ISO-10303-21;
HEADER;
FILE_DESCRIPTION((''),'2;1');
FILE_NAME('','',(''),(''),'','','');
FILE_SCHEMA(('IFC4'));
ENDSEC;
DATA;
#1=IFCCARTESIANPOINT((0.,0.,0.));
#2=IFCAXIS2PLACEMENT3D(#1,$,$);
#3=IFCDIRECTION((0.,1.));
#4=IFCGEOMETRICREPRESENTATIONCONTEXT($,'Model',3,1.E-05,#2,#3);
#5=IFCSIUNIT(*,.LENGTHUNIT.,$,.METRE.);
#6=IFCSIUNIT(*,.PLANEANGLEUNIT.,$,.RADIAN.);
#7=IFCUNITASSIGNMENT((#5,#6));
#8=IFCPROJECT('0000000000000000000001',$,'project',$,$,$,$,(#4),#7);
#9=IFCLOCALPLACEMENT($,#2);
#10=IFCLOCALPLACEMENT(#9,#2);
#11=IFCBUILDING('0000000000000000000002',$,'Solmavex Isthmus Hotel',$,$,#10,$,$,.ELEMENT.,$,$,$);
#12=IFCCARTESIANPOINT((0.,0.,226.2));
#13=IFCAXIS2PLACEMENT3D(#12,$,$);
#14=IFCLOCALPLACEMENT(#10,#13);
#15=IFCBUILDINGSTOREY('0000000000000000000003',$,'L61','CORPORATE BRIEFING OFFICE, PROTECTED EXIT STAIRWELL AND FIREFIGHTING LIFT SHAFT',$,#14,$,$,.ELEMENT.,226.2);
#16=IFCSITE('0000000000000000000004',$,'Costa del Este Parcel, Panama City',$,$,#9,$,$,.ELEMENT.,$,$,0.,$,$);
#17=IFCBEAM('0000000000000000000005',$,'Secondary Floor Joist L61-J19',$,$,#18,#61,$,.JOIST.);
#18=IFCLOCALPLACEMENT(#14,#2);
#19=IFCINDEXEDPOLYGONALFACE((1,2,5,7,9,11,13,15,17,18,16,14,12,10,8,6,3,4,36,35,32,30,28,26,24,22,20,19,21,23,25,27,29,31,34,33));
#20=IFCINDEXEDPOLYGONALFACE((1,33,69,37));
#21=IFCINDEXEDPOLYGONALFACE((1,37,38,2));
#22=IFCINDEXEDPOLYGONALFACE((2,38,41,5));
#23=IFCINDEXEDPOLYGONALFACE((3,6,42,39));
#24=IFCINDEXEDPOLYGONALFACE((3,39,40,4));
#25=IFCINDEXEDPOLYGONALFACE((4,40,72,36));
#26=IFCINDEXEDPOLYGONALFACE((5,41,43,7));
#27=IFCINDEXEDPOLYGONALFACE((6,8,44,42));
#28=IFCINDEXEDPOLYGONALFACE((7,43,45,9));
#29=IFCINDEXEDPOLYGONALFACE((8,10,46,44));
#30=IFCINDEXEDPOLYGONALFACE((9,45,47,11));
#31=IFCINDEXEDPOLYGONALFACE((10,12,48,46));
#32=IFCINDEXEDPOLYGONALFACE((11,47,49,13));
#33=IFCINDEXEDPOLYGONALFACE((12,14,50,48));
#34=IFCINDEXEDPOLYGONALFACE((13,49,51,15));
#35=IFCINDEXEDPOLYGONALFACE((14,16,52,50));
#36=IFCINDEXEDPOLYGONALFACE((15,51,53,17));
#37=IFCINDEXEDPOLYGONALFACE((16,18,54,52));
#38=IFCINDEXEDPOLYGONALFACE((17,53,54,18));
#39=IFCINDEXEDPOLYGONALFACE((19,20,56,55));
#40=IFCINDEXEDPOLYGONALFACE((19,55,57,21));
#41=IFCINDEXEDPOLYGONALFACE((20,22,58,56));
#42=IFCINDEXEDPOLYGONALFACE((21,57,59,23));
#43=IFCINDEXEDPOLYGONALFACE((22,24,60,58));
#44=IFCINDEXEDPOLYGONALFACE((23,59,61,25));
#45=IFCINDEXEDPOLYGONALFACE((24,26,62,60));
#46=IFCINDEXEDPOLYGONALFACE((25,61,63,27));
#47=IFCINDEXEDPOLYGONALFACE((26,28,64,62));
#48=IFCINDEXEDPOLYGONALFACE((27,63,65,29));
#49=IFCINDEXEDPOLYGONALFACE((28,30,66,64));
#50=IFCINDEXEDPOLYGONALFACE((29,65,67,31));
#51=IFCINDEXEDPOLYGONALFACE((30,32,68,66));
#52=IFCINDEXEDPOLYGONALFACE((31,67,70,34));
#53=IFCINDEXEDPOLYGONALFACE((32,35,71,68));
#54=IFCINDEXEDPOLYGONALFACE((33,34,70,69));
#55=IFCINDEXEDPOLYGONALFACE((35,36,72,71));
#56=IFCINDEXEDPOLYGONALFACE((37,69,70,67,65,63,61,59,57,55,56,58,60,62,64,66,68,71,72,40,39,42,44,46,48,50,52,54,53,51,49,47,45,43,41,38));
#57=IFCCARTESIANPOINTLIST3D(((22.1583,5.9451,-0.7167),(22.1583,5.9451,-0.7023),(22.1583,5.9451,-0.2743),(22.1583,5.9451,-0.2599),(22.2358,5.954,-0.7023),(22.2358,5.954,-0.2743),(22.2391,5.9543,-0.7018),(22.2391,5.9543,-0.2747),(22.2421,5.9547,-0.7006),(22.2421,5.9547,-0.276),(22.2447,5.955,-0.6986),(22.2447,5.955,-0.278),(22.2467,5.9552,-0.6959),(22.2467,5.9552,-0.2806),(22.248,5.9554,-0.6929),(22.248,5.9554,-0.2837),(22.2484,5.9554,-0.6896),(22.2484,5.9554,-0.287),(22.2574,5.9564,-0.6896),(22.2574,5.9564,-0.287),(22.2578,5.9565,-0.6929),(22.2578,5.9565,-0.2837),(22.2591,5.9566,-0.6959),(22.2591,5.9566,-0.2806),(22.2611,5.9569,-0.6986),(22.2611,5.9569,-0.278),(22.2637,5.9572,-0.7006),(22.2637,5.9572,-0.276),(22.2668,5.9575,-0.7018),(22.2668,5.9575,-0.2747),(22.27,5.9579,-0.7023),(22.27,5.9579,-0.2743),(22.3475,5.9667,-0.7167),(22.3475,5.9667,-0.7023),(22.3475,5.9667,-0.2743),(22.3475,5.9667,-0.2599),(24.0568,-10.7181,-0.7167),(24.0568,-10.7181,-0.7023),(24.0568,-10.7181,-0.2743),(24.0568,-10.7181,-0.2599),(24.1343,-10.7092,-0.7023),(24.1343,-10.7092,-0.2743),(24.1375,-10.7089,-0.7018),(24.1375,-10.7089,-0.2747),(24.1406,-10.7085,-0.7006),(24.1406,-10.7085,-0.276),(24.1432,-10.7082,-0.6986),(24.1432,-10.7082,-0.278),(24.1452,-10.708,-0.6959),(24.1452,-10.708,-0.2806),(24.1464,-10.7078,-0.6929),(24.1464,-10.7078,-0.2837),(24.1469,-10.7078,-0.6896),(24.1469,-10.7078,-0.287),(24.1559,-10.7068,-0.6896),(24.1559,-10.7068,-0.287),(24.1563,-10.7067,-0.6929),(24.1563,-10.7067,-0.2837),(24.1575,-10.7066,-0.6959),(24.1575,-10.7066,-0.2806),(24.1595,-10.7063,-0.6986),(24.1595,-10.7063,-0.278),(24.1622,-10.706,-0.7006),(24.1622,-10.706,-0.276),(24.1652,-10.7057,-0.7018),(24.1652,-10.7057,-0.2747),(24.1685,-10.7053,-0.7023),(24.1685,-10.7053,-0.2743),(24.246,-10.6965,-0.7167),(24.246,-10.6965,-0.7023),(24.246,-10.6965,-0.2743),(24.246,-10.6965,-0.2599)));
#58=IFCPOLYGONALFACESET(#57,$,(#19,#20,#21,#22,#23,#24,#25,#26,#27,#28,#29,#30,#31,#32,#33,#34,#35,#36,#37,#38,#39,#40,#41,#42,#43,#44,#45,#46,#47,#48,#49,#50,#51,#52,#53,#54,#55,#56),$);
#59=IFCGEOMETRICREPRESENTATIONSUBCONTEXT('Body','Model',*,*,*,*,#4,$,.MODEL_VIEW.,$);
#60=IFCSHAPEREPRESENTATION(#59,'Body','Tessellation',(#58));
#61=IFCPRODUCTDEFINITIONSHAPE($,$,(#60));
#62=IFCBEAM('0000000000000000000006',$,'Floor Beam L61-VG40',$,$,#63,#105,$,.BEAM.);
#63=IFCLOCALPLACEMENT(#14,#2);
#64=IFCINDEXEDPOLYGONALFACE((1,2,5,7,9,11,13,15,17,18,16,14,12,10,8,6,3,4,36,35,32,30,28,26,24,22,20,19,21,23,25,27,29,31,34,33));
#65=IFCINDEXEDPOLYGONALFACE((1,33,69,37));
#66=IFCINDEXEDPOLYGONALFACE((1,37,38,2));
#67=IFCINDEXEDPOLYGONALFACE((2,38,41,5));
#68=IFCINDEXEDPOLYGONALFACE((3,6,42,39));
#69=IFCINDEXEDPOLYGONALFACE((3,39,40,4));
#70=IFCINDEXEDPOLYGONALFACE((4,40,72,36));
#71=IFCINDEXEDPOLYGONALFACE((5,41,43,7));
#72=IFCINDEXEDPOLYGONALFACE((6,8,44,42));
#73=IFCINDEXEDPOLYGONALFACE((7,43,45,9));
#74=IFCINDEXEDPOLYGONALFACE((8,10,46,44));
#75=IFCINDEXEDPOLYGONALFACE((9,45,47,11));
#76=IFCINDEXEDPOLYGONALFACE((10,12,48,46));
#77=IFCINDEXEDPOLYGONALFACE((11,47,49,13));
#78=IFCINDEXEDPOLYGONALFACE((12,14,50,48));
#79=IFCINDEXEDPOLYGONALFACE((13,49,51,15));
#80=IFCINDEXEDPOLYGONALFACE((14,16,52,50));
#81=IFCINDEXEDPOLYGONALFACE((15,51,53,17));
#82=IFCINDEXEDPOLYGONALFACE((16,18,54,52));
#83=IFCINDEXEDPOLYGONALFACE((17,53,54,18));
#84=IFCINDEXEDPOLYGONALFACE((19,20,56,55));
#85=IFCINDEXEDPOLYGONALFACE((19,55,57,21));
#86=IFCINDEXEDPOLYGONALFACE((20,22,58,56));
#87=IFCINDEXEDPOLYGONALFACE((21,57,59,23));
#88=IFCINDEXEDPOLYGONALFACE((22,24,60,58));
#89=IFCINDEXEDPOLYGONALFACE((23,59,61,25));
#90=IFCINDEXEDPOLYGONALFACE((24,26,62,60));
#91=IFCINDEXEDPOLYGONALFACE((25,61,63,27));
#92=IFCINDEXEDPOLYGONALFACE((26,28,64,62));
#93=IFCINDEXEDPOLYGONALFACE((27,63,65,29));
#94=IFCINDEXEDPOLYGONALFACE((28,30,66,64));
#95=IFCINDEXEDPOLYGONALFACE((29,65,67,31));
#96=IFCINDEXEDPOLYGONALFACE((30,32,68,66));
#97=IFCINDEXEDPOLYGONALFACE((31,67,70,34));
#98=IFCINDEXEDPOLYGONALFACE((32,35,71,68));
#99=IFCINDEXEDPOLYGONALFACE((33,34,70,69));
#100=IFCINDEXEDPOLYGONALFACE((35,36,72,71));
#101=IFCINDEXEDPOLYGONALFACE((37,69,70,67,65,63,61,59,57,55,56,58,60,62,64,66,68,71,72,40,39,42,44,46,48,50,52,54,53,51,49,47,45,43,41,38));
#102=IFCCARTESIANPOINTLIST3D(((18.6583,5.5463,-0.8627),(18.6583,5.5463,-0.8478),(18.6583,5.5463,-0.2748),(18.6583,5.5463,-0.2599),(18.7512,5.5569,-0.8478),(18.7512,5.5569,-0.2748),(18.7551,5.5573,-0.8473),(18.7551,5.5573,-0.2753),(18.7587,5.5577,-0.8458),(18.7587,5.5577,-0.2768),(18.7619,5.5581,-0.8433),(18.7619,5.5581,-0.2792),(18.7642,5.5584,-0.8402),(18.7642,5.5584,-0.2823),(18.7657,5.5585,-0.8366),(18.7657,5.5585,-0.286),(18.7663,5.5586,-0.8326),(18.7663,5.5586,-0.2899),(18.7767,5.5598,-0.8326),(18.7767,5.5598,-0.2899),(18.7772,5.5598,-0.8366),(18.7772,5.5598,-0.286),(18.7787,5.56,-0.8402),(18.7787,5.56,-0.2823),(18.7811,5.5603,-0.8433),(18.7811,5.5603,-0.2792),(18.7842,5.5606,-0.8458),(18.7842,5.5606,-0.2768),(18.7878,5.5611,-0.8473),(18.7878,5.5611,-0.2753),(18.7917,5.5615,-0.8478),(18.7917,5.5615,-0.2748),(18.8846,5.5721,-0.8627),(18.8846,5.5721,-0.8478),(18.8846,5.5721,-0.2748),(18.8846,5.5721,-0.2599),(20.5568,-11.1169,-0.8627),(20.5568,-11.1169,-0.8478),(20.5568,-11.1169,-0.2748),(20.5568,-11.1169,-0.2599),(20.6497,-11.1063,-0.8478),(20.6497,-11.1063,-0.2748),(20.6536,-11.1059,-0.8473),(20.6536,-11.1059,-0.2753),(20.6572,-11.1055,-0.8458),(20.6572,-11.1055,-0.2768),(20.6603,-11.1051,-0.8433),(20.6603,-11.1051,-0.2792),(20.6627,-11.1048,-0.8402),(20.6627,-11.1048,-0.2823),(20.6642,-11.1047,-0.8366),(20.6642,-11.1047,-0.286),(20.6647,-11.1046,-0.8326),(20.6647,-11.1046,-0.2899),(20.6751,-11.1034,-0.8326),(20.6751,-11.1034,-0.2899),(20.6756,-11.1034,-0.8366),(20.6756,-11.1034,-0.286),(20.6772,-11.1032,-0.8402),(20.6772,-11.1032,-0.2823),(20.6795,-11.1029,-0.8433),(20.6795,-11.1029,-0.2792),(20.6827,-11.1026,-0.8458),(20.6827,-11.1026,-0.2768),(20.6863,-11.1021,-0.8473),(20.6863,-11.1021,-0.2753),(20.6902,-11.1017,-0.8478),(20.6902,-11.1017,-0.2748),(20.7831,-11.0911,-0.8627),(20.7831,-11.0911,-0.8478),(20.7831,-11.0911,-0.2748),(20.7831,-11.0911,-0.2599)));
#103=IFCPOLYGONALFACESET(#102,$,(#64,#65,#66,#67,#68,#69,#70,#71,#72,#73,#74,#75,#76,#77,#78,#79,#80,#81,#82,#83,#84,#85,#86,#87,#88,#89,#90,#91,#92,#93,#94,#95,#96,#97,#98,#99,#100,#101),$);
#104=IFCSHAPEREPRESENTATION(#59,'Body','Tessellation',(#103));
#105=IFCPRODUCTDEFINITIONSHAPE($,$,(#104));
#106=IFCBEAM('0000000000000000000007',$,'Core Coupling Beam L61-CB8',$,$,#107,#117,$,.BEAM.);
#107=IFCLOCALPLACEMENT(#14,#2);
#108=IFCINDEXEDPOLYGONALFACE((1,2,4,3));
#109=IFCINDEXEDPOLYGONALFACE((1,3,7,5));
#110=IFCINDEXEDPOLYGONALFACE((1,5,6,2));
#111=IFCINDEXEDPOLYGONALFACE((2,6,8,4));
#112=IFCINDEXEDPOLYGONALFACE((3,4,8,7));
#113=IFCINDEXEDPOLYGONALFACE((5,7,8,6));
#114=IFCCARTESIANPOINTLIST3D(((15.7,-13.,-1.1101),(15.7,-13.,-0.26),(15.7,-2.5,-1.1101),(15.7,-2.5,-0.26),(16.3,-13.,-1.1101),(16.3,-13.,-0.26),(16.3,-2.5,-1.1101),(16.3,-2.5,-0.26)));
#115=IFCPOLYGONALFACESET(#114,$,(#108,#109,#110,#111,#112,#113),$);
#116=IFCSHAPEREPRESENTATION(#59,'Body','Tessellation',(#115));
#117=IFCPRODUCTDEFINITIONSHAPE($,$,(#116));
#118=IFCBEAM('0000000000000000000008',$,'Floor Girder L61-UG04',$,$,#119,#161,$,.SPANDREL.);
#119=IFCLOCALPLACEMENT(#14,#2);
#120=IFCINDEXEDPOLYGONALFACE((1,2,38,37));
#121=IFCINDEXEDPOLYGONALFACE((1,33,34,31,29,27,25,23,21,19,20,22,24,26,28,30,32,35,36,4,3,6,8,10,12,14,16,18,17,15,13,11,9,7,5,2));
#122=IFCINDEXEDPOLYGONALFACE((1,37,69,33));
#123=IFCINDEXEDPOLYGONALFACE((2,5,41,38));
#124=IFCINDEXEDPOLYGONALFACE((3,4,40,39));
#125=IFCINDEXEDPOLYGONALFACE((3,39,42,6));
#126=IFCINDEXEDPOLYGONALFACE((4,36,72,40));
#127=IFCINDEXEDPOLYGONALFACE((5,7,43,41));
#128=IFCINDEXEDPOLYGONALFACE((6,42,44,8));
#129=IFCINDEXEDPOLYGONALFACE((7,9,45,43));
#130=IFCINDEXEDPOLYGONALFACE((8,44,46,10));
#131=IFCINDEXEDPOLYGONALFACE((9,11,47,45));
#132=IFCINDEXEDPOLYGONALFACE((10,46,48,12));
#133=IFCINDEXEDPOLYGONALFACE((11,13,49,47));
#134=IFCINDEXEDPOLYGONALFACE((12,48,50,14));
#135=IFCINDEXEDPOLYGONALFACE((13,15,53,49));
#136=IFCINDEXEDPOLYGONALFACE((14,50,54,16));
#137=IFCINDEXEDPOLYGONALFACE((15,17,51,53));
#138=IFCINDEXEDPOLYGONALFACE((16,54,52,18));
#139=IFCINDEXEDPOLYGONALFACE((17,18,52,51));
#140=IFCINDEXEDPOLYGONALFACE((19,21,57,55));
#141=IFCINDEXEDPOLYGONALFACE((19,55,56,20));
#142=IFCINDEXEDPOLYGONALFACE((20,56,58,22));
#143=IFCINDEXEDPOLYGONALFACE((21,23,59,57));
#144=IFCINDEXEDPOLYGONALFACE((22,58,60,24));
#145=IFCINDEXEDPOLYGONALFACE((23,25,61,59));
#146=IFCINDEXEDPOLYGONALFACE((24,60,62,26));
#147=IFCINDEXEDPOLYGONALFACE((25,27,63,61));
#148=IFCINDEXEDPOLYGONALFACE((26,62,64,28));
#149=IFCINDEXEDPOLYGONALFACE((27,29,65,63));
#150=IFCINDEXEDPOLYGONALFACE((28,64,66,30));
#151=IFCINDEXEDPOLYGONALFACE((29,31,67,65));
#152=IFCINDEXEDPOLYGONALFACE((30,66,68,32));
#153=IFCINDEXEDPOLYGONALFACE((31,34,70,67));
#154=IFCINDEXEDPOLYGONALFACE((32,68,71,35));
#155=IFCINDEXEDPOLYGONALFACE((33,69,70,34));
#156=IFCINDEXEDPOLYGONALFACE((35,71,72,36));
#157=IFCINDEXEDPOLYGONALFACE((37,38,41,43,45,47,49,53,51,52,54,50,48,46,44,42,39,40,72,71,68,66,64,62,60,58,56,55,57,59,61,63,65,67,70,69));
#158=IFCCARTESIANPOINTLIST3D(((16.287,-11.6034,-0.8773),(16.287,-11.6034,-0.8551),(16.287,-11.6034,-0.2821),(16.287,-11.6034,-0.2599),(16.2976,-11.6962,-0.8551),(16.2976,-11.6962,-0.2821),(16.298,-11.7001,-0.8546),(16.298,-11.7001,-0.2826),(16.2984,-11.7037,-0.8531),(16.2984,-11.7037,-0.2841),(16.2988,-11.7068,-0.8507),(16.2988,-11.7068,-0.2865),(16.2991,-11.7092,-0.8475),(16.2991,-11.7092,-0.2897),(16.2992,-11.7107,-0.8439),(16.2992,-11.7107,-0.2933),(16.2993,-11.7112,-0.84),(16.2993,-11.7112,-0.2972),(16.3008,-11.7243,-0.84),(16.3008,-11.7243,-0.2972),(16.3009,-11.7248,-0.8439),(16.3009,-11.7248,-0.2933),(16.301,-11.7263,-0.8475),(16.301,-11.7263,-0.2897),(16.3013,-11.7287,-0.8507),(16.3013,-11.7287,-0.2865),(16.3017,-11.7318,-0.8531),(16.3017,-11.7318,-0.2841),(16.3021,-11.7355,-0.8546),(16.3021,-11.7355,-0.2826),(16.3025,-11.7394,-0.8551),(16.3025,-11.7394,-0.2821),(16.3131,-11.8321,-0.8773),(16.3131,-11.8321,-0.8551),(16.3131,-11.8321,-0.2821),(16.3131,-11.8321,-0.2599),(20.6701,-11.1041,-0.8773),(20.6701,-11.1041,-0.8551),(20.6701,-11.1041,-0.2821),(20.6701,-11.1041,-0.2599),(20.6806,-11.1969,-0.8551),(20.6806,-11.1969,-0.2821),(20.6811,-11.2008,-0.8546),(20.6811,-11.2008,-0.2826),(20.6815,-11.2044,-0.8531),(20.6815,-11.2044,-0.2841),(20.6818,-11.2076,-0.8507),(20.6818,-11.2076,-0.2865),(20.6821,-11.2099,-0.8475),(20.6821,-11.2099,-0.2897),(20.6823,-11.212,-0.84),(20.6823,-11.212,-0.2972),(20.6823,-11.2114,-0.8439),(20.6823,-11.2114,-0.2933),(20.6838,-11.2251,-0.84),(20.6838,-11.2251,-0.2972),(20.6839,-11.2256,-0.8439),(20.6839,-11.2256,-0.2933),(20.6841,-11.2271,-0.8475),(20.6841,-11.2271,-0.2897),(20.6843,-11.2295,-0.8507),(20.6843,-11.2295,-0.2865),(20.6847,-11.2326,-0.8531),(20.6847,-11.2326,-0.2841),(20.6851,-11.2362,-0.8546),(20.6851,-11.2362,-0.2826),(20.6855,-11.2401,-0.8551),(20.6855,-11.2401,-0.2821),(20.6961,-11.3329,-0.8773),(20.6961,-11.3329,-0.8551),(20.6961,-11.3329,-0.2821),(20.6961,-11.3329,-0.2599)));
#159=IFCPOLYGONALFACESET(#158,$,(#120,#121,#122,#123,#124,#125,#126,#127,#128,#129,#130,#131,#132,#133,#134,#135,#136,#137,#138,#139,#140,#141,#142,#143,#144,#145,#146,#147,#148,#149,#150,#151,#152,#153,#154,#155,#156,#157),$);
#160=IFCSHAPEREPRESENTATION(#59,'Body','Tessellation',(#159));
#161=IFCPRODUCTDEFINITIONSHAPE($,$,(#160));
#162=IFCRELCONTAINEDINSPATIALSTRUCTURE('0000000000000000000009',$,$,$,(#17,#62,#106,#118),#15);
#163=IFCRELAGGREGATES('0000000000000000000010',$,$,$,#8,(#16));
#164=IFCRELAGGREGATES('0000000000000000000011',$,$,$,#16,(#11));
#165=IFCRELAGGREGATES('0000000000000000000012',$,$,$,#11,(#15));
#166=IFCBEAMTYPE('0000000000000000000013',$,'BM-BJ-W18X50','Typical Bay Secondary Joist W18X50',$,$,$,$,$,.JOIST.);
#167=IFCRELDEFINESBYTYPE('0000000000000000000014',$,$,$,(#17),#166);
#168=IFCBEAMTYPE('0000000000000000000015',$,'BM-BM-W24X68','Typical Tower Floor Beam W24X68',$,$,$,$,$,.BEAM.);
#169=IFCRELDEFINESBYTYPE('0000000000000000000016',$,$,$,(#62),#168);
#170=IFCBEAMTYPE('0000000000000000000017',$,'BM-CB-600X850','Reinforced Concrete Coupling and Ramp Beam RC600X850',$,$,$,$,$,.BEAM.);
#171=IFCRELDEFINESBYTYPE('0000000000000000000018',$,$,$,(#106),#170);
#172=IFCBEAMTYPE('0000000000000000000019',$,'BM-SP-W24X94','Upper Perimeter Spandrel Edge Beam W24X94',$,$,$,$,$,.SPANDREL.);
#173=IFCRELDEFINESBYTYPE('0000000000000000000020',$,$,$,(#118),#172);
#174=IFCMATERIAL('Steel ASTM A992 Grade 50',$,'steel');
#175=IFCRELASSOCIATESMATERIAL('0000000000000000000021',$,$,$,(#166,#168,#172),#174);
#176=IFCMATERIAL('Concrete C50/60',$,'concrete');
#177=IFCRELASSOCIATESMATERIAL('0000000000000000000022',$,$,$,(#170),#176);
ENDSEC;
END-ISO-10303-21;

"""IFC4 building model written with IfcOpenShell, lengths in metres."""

from ifc_helpers import new_model, si_unit, direction, frame, origin, origin_2d, place, context, subcontext, project, spatial, rectangle, i_section, extrude, material, material_profile, profile_set, type_object, element, save


model = new_model("IFC4")

# Units and contexts
model_context = context("Model", 3, precision=1e-05, world=origin(), true_north=direction((0.0, 1.0)))
body_context = subcontext(model_context, "Body", "Model", "MODEL_VIEW")
ifc_project = project(units=[si_unit("LENGTHUNIT", "METRE"), si_unit("PLANEANGLEUNIT", "RADIAN")], contexts=[model_context])

# Site, building, storey
site_placement = place(None, origin())
site = spatial("IfcSite", under=ifc_project, at=site_placement, Name="Costa del Este Parcel, Panama City", CompositionType="ELEMENT", RefElevation=0.0)
building_placement = place(site_placement, origin())
building = spatial("IfcBuilding", under=site, at=building_placement, Name="Solmavex Isthmus Hotel", CompositionType="ELEMENT")
storey_placement = place(building_placement, frame((0.0, 0.0, 226.2)))
storey = spatial("IfcBuildingStorey", under=building, at=storey_placement, Name="L61", Description="CORPORATE BRIEFING OFFICE, PROTECTED EXIT STAIRWELL AND FIREFIGHTING LIFT SHAFT", CompositionType="ELEMENT", Elevation=226.2)

# Shared definitions
ifc_material_1 = material(Name="Concrete C50/60", Category="concrete")

# Beams
ifc_material_2 = material(Name="Steel ASTM A992 Grade 50", Category="steel")
ifc_material_profile_1 = material_profile(ifc_material_2, i_section(OverallWidth=0.1904, OverallDepth=0.4568, WebThickness=0.009, FlangeThickness=0.0144, FilletRadius=0.0127, at=origin_2d()), Name="W18X50")
ifc_profile_set_1 = profile_set([ifc_material_profile_1], Name="Steel ASTM A992 Grade 50")
beam_type_1 = type_object("IfcBeamType", Name="BM-BJ-W18X50", Description="Typical Bay Secondary Joist W18X50", PredefinedType="JOIST", material=ifc_profile_set_1)
beam_1_placement = place(storey_placement, frame((24.1514, -10.7073, -0.4883), z_axis=(-0.113198, 0.993572, 0.0), x_axis=(-0.993572, -0.113198, 0.0)))
element("IfcBeam", 1, at=beam_1_placement, inside=storey, type_object=beam_type_1, Name="Secondary Floor Joist L61-J19", PredefinedType="JOIST", context=body_context, shape_type="SweptSolid", body=[
    extrude(i_section(OverallWidth=0.1904, OverallDepth=0.4568, WebThickness=0.009, FlangeThickness=0.0144, FilletRadius=0.0127, at=origin_2d()), origin(), (0.0, 0.0, 1.0), 16.771),
])
ifc_material_profile_2 = material_profile(ifc_material_2, i_section(OverallWidth=0.2278, OverallDepth=0.6028, WebThickness=0.0105, FlangeThickness=0.0149, FilletRadius=0.0151, at=origin_2d()), Name="W24X68")
ifc_profile_set_2 = profile_set([ifc_material_profile_2], Name="Steel ASTM A992 Grade 50")
beam_type_2 = type_object("IfcBeamType", Name="BM-BM-W24X68", Description="Typical Tower Floor Beam W24X68", PredefinedType="BEAM", material=ifc_profile_set_2)
beam_2_placement = place(storey_placement, frame((20.6699, -11.104, -0.5613), z_axis=(-0.113198, 0.993572, 0.0), x_axis=(-0.993572, -0.113198, 0.0)))
element("IfcBeam", 2, at=beam_2_placement, inside=storey, type_object=beam_type_2, Name="Floor Beam L61-VG40", PredefinedType="BEAM", context=body_context, shape_type="SweptSolid", body=[
    extrude(i_section(OverallWidth=0.2278, OverallDepth=0.6028, WebThickness=0.0105, FlangeThickness=0.0149, FilletRadius=0.0151, at=origin_2d()), origin(), (0.0, 0.0, 1.0), 16.771),
])
ifc_material_profile_3 = material_profile(ifc_material_1, rectangle(XDim=0.6001, YDim=0.8501, at=origin_2d()), Name="RC600X850")
ifc_profile_set_3 = profile_set([ifc_material_profile_3], Name="Concrete C50/60")
beam_type_3 = type_object("IfcBeamType", Name="BM-CB-600X850", Description="Reinforced Concrete Coupling and Ramp Beam RC600X850", PredefinedType="BEAM", material=ifc_profile_set_3)
beam_3_placement = place(storey_placement, frame((16.0, -13.0, -0.6851), z_axis=(0.0, 1.0, 0.0), x_axis=(-1.0, 0.0, 0.0)))
element("IfcBeam", 3, at=beam_3_placement, inside=storey, type_object=beam_type_3, Name="Core Coupling Beam L61-CB8", PredefinedType="BEAM", context=body_context, shape_type="SweptSolid", body=[
    extrude(rectangle(XDim=0.6001, YDim=0.8501, at=origin_2d()), origin(), (0.0, 0.0, 1.0), 10.5),
])
ifc_material_profile_4 = material_profile(ifc_material_2, i_section(OverallWidth=0.2302, OverallDepth=0.6174, WebThickness=0.0132, FlangeThickness=0.0222, FilletRadius=0.0151, at=origin_2d()), Name="W24X94")
ifc_profile_set_4 = profile_set([ifc_material_profile_4], Name="Steel ASTM A992 Grade 50")
beam_type_4 = type_object("IfcBeamType", Name="BM-SP-W24X94", Description="Upper Perimeter Spandrel Edge Beam W24X94", PredefinedType="SPANDREL", material=ifc_profile_set_4)
beam_4_placement = place(storey_placement, frame((16.3, -11.7178, -0.5686), z_axis=(0.993575, 0.113177, 0.0), x_axis=(-0.113177, 0.993575, 0.0)))
element("IfcBeam", 4, at=beam_4_placement, inside=storey, type_object=beam_type_4, Name="Floor Girder L61-UG04", PredefinedType="SPANDREL", context=body_context, shape_type="SweptSolid", body=[
    extrude(i_section(OverallWidth=0.2302, OverallDepth=0.6174, WebThickness=0.0132, FlangeThickness=0.0222, FilletRadius=0.0151, at=origin_2d()), origin(), (0.0, 0.0, 1.0), 4.4114),
])

save(model, "model.ifc")
